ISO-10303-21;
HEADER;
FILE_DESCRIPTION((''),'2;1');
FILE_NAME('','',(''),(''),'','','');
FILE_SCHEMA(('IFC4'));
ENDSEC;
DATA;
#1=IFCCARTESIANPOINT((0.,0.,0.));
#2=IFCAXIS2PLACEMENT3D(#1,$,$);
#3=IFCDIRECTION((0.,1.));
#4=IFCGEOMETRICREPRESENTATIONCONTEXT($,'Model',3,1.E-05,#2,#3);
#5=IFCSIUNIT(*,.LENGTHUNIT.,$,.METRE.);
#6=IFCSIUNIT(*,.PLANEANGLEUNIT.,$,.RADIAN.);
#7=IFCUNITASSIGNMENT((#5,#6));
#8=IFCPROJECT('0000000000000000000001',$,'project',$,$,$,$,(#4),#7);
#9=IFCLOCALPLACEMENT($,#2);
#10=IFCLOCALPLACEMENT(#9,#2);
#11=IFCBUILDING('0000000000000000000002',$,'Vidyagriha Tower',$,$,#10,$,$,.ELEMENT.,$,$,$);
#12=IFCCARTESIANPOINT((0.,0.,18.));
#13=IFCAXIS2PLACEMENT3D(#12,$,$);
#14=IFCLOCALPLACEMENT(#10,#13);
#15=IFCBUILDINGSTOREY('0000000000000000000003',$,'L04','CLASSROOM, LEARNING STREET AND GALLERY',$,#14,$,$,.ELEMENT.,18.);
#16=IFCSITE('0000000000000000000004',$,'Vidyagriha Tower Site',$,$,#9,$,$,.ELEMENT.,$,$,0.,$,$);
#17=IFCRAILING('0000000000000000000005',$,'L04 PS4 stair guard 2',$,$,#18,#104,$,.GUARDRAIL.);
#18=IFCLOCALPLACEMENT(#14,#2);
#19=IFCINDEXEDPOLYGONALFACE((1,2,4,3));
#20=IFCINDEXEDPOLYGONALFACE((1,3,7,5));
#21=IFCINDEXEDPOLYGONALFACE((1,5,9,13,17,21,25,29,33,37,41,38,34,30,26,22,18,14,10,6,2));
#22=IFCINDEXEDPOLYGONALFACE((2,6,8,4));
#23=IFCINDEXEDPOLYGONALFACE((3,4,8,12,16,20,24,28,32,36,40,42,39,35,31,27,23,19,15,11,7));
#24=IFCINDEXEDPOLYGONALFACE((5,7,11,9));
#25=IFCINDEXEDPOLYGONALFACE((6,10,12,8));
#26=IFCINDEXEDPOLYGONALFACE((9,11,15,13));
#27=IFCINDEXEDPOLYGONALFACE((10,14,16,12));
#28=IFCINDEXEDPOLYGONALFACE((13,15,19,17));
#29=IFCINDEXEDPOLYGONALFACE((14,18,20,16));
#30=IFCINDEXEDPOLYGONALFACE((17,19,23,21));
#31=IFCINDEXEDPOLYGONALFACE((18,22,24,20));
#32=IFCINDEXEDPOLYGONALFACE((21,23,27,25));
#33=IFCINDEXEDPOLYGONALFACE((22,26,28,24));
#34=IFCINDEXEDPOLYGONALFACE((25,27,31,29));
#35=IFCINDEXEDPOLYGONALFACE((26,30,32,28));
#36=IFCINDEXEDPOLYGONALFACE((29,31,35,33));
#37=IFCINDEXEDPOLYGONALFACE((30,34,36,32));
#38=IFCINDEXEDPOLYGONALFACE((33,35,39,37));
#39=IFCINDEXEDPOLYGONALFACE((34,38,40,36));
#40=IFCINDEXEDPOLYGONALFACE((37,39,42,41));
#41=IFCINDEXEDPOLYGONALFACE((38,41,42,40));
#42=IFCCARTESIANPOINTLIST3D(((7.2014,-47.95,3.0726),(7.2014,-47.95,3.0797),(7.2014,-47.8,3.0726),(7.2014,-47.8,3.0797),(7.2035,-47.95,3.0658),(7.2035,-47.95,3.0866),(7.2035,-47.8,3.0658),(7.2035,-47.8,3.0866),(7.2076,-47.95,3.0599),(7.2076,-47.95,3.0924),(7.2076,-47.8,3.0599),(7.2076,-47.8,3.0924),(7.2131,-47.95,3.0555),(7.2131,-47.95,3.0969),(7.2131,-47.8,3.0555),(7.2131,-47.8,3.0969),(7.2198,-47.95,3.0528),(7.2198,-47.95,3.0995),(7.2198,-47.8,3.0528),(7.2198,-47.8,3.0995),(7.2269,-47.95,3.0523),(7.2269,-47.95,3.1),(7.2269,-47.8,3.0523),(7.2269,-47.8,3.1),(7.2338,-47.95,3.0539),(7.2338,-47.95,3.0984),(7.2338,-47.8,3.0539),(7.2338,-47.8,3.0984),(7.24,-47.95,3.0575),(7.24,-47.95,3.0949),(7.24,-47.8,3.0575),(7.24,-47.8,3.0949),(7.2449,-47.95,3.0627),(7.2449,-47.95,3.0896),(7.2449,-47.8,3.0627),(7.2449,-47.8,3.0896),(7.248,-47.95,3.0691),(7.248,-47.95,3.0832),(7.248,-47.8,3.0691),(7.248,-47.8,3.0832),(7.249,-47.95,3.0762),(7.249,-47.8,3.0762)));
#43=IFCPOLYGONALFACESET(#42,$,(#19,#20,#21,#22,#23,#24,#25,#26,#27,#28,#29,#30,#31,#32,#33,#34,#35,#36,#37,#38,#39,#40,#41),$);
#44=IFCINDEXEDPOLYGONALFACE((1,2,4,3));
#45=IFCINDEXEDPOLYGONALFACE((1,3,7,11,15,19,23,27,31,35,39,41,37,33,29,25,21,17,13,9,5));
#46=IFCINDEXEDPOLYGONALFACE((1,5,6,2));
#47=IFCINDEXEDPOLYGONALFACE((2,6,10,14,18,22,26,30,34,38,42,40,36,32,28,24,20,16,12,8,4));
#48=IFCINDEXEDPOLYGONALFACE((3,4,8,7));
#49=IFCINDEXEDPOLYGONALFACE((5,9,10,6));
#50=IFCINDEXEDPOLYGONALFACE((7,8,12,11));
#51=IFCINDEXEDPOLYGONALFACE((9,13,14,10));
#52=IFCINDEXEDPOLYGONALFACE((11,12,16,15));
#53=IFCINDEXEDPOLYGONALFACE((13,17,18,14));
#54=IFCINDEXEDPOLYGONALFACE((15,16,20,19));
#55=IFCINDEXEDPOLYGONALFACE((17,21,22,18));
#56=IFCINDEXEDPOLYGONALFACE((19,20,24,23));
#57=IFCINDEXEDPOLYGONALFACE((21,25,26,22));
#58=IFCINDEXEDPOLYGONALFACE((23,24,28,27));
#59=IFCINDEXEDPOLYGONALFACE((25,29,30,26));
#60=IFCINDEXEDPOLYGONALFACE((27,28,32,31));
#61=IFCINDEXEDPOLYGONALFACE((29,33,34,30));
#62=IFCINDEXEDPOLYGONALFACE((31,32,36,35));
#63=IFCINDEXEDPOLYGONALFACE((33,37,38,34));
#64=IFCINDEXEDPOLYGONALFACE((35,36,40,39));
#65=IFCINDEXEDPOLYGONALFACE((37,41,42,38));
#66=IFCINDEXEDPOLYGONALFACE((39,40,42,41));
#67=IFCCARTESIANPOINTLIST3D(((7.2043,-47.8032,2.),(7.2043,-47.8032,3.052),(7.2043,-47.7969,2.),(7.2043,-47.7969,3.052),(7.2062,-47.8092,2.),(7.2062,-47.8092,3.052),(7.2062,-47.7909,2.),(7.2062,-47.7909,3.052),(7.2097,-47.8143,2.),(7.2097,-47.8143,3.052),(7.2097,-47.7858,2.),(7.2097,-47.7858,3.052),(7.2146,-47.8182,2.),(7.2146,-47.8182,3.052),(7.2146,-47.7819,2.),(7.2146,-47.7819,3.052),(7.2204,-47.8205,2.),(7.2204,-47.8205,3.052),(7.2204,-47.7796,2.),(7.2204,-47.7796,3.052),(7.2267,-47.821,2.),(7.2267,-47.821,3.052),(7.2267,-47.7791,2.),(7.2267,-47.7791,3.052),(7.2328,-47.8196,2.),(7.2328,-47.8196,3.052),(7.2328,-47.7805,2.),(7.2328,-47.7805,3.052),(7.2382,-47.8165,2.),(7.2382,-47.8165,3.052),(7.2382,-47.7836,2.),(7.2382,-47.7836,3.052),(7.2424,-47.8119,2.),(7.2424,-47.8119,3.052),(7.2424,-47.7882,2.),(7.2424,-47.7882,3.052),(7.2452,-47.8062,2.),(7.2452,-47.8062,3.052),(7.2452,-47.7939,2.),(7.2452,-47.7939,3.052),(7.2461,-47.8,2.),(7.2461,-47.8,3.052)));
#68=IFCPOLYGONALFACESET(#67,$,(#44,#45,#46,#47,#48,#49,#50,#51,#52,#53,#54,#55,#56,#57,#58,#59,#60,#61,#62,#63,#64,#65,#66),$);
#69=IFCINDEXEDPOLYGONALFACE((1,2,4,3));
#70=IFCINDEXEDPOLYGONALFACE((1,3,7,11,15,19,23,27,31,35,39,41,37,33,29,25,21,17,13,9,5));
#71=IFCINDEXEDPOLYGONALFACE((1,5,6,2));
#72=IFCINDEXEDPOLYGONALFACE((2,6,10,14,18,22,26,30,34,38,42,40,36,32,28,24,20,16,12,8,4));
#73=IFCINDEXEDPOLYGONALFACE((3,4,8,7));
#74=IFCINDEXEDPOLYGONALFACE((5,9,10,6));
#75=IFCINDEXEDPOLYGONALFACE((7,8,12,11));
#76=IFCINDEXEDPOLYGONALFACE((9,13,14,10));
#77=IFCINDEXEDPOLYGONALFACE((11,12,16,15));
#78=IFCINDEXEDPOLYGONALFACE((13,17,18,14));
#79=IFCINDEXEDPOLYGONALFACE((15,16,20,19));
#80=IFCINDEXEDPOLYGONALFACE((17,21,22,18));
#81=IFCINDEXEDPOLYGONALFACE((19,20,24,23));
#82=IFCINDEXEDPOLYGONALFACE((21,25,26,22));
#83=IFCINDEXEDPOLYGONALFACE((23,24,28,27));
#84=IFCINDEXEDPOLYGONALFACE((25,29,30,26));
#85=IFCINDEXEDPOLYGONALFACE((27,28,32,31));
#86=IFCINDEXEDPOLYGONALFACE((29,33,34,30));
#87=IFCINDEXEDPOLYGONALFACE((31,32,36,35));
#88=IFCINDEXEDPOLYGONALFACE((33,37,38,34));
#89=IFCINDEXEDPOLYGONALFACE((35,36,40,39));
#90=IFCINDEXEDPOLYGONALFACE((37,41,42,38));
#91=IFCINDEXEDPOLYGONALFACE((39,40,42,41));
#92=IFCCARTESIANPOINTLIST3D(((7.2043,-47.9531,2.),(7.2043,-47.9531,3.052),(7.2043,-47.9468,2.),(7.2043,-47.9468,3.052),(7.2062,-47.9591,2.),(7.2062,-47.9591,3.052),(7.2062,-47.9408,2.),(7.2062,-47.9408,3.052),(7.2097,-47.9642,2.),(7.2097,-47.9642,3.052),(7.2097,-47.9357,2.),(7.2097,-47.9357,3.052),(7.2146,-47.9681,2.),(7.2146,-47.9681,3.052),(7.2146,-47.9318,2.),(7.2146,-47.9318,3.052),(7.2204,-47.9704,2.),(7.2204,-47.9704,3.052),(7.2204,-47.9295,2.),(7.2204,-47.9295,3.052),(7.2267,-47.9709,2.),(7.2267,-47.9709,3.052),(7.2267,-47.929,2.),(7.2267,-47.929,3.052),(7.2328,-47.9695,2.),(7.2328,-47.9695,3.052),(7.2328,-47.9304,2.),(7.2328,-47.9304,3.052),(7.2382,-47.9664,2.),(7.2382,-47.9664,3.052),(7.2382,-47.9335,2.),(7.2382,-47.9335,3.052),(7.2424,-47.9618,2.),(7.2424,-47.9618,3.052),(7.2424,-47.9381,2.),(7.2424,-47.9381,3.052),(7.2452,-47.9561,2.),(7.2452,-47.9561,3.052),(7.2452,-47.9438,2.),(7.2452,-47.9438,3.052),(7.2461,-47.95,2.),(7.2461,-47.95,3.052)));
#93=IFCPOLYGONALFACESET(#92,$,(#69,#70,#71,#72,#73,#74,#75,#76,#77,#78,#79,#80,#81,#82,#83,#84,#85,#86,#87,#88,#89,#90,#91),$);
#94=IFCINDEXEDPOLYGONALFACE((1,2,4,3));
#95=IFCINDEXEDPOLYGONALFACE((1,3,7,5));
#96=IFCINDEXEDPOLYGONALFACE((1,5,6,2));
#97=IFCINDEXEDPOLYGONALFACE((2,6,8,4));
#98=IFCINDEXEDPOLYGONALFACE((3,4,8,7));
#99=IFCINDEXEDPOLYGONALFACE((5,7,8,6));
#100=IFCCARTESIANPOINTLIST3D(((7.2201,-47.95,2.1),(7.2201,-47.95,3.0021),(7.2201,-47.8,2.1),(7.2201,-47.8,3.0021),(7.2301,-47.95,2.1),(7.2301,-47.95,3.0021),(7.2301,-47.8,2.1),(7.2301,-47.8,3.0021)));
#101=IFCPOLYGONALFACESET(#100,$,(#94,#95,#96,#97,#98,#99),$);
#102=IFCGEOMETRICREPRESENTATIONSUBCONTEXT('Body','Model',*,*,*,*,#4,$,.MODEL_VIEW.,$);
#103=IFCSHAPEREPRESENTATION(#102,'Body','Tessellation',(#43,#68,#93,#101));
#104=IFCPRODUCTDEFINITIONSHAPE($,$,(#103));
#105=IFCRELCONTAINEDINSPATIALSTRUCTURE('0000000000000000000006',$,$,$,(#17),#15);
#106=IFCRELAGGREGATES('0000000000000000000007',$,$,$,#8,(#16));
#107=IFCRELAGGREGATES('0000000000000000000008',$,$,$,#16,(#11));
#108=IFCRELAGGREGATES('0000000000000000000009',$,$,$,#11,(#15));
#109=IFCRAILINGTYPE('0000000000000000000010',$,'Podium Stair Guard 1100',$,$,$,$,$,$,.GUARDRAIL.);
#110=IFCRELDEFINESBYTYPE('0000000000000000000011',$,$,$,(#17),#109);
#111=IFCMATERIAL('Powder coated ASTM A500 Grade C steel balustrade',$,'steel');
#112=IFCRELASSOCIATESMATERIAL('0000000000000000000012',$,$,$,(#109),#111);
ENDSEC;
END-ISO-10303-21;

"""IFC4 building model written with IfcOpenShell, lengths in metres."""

from ifc_helpers import new_model, si_unit, direction, frame, origin, origin_2d, place, context, subcontext, project, spatial, rectangle, circle, extrude, material, type_object, element, save


model = new_model("IFC4")

# Units and contexts
model_context = context("Model", 3, precision=1e-05, world=origin(), true_north=direction((0.0, 1.0)))
body_context = subcontext(model_context, "Body", "Model", "MODEL_VIEW")
ifc_project = project(units=[si_unit("LENGTHUNIT", "METRE"), si_unit("PLANEANGLEUNIT", "RADIAN")], contexts=[model_context])

# Site, building, storey
site_placement = place(None, origin())
site = spatial("IfcSite", under=ifc_project, at=site_placement, Name="Vidyagriha Tower Site", CompositionType="ELEMENT", RefElevation=0.0)
building_placement = place(site_placement, origin())
building = spatial("IfcBuilding", under=site, at=building_placement, Name="Vidyagriha Tower", CompositionType="ELEMENT")
storey_placement = place(building_placement, frame((0.0, 0.0, 18.0)))
storey = spatial("IfcBuildingStorey", under=building, at=storey_placement, Name="L04", Description="CLASSROOM, LEARNING STREET AND GALLERY", CompositionType="ELEMENT", Elevation=18.0)

# Railing
ifc_material_1 = material(Name="Powder coated ASTM A500 Grade C steel balustrade", Category="steel")
railing_type_1 = type_object("IfcRailingType", Name="Podium Stair Guard 1100", PredefinedType="GUARDRAIL", material=ifc_material_1)
railing_1_placement = place(storey_placement, frame((7.2251, -47.8, 2.0)))
element("IfcRailing", 1, at=railing_1_placement, inside=storey, type_object=railing_type_1, Name="L04 PS4 stair guard 2", PredefinedType="GUARDRAIL", context=body_context, shape_type="SweptSolid", body=[
    extrude(circle(Radius=0.0239, at=origin_2d()), frame((0.0, 0.0, 1.0762), z_axis=(0.0, -1.0, 0.0), x_axis=(1.0, 0.0, 0.0)), (0.0, 0.0, 1.0), 0.1499),
    extrude(circle(Radius=0.021, at=origin_2d()), origin(), (0.0, 0.0, 1.0), 1.052),
    extrude(circle(Radius=0.021, at=origin_2d()), frame((0.0, -0.1499, 0.0)), (0.0, 0.0, 1.0), 1.052),
    extrude(rectangle(XDim=0.01, YDim=0.9021, at=origin_2d()), frame((0.0, 0.0, 0.551), z_axis=(0.0, -1.0, 0.0), x_axis=(1.0, 0.0, 0.0)), (0.0, 0.0, 1.0), 0.1499),
])

save(model, "model.ifc")
